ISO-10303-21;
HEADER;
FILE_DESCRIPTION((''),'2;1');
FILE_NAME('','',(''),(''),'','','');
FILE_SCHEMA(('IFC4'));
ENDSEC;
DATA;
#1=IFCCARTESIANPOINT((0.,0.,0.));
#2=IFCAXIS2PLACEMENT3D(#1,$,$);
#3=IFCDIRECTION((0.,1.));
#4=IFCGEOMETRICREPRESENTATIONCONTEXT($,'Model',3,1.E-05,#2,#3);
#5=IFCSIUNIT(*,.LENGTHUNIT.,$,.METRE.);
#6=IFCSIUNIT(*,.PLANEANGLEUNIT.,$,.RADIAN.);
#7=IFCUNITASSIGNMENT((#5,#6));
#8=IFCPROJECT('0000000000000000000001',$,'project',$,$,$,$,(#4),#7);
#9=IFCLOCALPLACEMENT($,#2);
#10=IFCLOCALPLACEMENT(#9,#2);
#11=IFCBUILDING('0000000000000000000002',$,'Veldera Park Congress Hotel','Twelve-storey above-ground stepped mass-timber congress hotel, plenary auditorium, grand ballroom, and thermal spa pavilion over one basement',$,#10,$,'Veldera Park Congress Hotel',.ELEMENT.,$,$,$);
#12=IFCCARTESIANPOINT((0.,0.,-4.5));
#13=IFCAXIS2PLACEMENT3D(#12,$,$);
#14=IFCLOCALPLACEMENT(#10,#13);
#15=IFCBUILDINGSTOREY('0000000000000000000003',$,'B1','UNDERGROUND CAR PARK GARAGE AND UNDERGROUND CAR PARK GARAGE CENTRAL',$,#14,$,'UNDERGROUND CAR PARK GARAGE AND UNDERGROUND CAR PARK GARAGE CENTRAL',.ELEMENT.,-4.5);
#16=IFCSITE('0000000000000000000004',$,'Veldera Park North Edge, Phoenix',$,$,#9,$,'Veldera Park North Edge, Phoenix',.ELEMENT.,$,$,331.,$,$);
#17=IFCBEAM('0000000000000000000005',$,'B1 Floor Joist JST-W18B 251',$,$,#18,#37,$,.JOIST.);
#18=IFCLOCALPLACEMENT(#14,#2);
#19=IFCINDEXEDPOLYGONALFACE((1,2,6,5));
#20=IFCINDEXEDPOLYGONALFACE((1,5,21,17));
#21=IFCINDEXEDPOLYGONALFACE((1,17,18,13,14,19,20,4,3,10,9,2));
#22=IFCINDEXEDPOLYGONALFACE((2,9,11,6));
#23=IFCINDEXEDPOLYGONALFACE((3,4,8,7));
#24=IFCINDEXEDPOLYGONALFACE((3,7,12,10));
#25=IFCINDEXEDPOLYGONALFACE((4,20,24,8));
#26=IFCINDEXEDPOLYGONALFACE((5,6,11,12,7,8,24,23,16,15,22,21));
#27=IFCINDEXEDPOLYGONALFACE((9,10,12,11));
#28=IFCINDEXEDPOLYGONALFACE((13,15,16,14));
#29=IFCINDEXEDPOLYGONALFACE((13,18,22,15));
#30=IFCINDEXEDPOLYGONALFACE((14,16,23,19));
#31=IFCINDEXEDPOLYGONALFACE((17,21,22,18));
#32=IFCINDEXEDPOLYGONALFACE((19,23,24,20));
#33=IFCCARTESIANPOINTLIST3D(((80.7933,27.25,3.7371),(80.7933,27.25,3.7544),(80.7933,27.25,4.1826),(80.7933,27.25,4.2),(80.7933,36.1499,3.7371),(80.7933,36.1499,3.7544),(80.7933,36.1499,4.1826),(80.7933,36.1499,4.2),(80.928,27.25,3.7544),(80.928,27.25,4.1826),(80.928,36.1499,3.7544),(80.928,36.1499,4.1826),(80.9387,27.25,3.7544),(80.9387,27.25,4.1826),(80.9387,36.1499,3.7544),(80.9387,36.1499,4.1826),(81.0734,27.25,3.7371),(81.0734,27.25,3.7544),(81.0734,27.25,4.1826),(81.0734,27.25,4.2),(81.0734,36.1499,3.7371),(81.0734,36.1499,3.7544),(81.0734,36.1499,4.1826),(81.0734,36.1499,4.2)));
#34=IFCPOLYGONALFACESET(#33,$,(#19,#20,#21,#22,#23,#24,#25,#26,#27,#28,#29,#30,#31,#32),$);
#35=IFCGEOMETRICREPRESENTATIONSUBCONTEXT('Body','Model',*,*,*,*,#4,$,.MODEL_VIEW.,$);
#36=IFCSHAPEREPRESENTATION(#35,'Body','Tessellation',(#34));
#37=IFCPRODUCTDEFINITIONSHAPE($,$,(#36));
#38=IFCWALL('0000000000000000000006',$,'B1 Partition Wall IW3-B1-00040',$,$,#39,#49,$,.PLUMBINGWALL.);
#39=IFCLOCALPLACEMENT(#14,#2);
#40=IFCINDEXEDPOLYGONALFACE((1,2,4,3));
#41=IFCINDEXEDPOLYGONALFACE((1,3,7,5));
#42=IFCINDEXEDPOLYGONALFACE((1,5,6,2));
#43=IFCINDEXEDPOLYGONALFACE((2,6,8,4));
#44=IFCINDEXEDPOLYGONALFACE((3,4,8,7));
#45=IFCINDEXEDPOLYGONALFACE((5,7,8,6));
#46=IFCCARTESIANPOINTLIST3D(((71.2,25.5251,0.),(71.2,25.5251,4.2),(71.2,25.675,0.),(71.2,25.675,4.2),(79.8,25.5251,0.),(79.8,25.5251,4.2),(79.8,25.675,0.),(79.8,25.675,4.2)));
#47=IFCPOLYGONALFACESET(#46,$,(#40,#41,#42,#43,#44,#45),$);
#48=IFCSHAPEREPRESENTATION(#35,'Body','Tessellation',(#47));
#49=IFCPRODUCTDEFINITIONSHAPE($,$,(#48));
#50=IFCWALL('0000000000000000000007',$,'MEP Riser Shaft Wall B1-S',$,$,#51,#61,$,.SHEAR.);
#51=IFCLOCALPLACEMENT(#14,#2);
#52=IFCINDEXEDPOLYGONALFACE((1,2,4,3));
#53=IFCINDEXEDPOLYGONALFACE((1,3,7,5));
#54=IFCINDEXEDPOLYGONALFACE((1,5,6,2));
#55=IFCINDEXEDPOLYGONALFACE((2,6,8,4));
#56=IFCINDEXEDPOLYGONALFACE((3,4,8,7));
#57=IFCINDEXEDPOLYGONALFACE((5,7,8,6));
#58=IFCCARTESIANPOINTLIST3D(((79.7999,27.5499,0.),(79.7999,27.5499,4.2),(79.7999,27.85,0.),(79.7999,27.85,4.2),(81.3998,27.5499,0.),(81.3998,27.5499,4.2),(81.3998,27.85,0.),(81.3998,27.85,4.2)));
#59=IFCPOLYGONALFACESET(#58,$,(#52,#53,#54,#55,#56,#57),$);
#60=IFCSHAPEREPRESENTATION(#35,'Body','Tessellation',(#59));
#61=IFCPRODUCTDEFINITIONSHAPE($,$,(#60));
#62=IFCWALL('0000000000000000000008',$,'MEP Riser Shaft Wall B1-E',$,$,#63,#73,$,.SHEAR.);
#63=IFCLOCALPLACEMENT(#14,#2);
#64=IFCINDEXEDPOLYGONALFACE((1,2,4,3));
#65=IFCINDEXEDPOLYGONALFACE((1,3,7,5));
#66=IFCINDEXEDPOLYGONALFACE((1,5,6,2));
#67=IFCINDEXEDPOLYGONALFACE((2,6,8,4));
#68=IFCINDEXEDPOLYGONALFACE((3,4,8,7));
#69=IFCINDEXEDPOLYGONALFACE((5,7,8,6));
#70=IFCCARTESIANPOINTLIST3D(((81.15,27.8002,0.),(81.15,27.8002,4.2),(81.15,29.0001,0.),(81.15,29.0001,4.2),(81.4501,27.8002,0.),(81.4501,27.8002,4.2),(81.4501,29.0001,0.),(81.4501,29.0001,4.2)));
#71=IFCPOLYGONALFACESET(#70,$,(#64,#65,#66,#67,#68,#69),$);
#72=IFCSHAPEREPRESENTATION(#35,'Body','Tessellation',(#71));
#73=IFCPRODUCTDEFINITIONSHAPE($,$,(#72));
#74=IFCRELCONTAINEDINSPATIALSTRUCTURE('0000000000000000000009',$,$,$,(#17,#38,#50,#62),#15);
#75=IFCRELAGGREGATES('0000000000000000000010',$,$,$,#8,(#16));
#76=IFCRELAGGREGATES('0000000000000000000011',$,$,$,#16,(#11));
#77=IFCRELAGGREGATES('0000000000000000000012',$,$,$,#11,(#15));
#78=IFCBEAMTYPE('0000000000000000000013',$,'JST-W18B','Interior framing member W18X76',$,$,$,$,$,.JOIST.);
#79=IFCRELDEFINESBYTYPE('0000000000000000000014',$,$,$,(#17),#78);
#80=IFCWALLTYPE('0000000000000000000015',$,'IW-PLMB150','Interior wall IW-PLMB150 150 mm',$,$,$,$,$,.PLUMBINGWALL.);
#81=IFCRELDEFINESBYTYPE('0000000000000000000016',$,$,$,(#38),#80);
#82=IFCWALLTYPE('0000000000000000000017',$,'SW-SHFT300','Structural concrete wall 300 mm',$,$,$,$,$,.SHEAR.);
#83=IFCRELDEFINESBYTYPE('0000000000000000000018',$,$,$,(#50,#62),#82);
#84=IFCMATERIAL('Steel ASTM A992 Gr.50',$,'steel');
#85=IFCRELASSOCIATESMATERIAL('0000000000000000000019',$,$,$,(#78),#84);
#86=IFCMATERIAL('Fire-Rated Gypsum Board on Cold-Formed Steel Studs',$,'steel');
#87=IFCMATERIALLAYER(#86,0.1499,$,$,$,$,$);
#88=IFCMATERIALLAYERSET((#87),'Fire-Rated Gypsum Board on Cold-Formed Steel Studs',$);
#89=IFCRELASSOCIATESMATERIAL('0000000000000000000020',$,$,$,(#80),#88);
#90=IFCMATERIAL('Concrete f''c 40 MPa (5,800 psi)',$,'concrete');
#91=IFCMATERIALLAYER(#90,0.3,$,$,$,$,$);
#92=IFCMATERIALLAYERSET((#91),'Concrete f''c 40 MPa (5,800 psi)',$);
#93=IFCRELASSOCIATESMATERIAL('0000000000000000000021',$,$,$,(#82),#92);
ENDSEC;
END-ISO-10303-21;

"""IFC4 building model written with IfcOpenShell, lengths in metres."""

from ifc_helpers import new_model, si_unit, direction, frame, frame_2d, origin, origin_2d, place, context, subcontext, project, spatial, rectangle, i_section, extrude, material, layer, layer_set, material_profile, profile_set, type_object, element, save


model = new_model("IFC4")

# Units and contexts
model_context = context("Model", 3, precision=1e-05, world=origin(), true_north=direction((0.0, 1.0)))
body_context = subcontext(model_context, "Body", "Model", "MODEL_VIEW")
ifc_project = project(units=[si_unit("LENGTHUNIT", "METRE"), si_unit("PLANEANGLEUNIT", "RADIAN")], contexts=[model_context])

# Site, building, storey
site_placement = place(None, origin())
site = spatial("IfcSite", under=ifc_project, at=site_placement, Name="Veldera Park North Edge, Phoenix", LongName="Veldera Park North Edge, Phoenix", CompositionType="ELEMENT", RefElevation=331.0)
building_placement = place(site_placement, origin())
building = spatial("IfcBuilding", under=site, at=building_placement, Name="Veldera Park Congress Hotel", Description="Twelve-storey above-ground stepped mass-timber congress hotel, plenary auditorium, grand ballroom, and thermal spa pavilion over one basement", LongName="Veldera Park Congress Hotel", CompositionType="ELEMENT")
storey_placement = place(building_placement, frame((0.0, 0.0, -4.5)))
storey = spatial("IfcBuildingStorey", under=building, at=storey_placement, Name="B1", Description="UNDERGROUND CAR PARK GARAGE AND UNDERGROUND CAR PARK GARAGE CENTRAL", LongName="UNDERGROUND CAR PARK GARAGE AND UNDERGROUND CAR PARK GARAGE CENTRAL", CompositionType="ELEMENT", Elevation=-4.5)

# Shared definitions
ifc_material_1 = material(Name="Concrete f'c 40 MPa (5,800 psi)", Category="concrete")

# Beam
ifc_material_2 = material(Name="Steel ASTM A992 Gr.50", Category="steel")
ifc_material_profile_1 = material_profile(ifc_material_2, i_section(OverallWidth=0.28, OverallDepth=0.4629, WebThickness=0.0107, FlangeThickness=0.0173, at=origin_2d()), Name="W18X76")
ifc_profile_set_1 = profile_set([ifc_material_profile_1], Name="Steel ASTM A992 Gr.50")
beam_type_1 = type_object("IfcBeamType", Name="JST-W18B", Description="Interior framing member W18X76", PredefinedType="JOIST", material=ifc_profile_set_1)
for number, where, z_axis, x_axis, name in (
    (1, (80.9333, 27.25, 3.9685), (0.0, 1.0, 0.0), (-1.0, 0.0, 0.0), "B1 Floor Joist JST-W18B 251"),
):
    element("IfcBeam", number, at=place(storey_placement, frame(where, z_axis=z_axis, x_axis=x_axis)), inside=storey, type_object=beam_type_1, Name=name, PredefinedType="JOIST", context=body_context, shape_type="SweptSolid", body=[
        extrude(i_section(OverallWidth=0.28, OverallDepth=0.4629, WebThickness=0.0107, FlangeThickness=0.0173, at=origin_2d()), origin(), (0.0, 0.0, 1.0), 8.8999),
    ])

# Walls
ifc_material_3 = material(Name="Fire-Rated Gypsum Board on Cold-Formed Steel Studs", Category="steel")
ifc_layer_1 = layer(ifc_material_3, 0.1499)
ifc_layer_set_1 = layer_set([ifc_layer_1], Name="Fire-Rated Gypsum Board on Cold-Formed Steel Studs")
wall_type_1 = type_object("IfcWallType", Name="IW-PLMB150", Description="Interior wall IW-PLMB150 150 mm", PredefinedType="PLUMBINGWALL", material=ifc_layer_set_1)
wall_1_placement = place(storey_placement, frame((79.8, 25.6001, 0.0), z_axis=(0.0, 0.0, 1.0), x_axis=(-1.0, 0.0, 0.0)))
element("IfcWall", 2, at=wall_1_placement, inside=storey, type_object=wall_type_1, Name="B1 Partition Wall IW3-B1-00040", PredefinedType="PLUMBINGWALL", context=body_context, shape_type="SweptSolid", body=[
    extrude(rectangle(XDim=8.6001, YDim=0.1499, at=frame_2d((4.3, 0.0))), origin(), (0.0, 0.0, 1.0), 4.2),
])
ifc_layer_2 = layer(ifc_material_1, 0.3)
ifc_layer_set_2 = layer_set([ifc_layer_2], Name="Concrete f'c 40 MPa (5,800 psi)")
wall_type_2 = type_object("IfcWallType", Name="SW-SHFT300", Description="Structural concrete wall 300 mm", PredefinedType="SHEAR", material=ifc_layer_set_2)
wall_2_placement = place(storey_placement, frame((79.8, 27.7, 0.0), z_axis=(0.0, 0.0, 1.0), x_axis=(1.0, 0.0, 0.0)))
element("IfcWall", 3, at=wall_2_placement, inside=storey, type_object=wall_type_2, Name="MEP Riser Shaft Wall B1-S", PredefinedType="SHEAR", context=body_context, shape_type="SweptSolid", body=[
    extrude(rectangle(XDim=1.5999, YDim=0.3, at=frame_2d((0.7998, 0.0))), origin(), (0.0, 0.0, 1.0), 4.2),
])
wall_3_placement = place(storey_placement, frame((81.3, 27.8, 0.0), z_axis=(0.0, 0.0, 1.0), x_axis=(0.0, 1.0, 0.0)))
element("IfcWall", 4, at=wall_3_placement, inside=storey, type_object=wall_type_2, Name="MEP Riser Shaft Wall B1-E", PredefinedType="SHEAR", context=body_context, shape_type="SweptSolid", body=[
    extrude(rectangle(XDim=1.2, YDim=0.3, at=frame_2d((0.6001, 0.0))), origin(), (0.0, 0.0, 1.0), 4.2),
])

save(model, "model.ifc")
